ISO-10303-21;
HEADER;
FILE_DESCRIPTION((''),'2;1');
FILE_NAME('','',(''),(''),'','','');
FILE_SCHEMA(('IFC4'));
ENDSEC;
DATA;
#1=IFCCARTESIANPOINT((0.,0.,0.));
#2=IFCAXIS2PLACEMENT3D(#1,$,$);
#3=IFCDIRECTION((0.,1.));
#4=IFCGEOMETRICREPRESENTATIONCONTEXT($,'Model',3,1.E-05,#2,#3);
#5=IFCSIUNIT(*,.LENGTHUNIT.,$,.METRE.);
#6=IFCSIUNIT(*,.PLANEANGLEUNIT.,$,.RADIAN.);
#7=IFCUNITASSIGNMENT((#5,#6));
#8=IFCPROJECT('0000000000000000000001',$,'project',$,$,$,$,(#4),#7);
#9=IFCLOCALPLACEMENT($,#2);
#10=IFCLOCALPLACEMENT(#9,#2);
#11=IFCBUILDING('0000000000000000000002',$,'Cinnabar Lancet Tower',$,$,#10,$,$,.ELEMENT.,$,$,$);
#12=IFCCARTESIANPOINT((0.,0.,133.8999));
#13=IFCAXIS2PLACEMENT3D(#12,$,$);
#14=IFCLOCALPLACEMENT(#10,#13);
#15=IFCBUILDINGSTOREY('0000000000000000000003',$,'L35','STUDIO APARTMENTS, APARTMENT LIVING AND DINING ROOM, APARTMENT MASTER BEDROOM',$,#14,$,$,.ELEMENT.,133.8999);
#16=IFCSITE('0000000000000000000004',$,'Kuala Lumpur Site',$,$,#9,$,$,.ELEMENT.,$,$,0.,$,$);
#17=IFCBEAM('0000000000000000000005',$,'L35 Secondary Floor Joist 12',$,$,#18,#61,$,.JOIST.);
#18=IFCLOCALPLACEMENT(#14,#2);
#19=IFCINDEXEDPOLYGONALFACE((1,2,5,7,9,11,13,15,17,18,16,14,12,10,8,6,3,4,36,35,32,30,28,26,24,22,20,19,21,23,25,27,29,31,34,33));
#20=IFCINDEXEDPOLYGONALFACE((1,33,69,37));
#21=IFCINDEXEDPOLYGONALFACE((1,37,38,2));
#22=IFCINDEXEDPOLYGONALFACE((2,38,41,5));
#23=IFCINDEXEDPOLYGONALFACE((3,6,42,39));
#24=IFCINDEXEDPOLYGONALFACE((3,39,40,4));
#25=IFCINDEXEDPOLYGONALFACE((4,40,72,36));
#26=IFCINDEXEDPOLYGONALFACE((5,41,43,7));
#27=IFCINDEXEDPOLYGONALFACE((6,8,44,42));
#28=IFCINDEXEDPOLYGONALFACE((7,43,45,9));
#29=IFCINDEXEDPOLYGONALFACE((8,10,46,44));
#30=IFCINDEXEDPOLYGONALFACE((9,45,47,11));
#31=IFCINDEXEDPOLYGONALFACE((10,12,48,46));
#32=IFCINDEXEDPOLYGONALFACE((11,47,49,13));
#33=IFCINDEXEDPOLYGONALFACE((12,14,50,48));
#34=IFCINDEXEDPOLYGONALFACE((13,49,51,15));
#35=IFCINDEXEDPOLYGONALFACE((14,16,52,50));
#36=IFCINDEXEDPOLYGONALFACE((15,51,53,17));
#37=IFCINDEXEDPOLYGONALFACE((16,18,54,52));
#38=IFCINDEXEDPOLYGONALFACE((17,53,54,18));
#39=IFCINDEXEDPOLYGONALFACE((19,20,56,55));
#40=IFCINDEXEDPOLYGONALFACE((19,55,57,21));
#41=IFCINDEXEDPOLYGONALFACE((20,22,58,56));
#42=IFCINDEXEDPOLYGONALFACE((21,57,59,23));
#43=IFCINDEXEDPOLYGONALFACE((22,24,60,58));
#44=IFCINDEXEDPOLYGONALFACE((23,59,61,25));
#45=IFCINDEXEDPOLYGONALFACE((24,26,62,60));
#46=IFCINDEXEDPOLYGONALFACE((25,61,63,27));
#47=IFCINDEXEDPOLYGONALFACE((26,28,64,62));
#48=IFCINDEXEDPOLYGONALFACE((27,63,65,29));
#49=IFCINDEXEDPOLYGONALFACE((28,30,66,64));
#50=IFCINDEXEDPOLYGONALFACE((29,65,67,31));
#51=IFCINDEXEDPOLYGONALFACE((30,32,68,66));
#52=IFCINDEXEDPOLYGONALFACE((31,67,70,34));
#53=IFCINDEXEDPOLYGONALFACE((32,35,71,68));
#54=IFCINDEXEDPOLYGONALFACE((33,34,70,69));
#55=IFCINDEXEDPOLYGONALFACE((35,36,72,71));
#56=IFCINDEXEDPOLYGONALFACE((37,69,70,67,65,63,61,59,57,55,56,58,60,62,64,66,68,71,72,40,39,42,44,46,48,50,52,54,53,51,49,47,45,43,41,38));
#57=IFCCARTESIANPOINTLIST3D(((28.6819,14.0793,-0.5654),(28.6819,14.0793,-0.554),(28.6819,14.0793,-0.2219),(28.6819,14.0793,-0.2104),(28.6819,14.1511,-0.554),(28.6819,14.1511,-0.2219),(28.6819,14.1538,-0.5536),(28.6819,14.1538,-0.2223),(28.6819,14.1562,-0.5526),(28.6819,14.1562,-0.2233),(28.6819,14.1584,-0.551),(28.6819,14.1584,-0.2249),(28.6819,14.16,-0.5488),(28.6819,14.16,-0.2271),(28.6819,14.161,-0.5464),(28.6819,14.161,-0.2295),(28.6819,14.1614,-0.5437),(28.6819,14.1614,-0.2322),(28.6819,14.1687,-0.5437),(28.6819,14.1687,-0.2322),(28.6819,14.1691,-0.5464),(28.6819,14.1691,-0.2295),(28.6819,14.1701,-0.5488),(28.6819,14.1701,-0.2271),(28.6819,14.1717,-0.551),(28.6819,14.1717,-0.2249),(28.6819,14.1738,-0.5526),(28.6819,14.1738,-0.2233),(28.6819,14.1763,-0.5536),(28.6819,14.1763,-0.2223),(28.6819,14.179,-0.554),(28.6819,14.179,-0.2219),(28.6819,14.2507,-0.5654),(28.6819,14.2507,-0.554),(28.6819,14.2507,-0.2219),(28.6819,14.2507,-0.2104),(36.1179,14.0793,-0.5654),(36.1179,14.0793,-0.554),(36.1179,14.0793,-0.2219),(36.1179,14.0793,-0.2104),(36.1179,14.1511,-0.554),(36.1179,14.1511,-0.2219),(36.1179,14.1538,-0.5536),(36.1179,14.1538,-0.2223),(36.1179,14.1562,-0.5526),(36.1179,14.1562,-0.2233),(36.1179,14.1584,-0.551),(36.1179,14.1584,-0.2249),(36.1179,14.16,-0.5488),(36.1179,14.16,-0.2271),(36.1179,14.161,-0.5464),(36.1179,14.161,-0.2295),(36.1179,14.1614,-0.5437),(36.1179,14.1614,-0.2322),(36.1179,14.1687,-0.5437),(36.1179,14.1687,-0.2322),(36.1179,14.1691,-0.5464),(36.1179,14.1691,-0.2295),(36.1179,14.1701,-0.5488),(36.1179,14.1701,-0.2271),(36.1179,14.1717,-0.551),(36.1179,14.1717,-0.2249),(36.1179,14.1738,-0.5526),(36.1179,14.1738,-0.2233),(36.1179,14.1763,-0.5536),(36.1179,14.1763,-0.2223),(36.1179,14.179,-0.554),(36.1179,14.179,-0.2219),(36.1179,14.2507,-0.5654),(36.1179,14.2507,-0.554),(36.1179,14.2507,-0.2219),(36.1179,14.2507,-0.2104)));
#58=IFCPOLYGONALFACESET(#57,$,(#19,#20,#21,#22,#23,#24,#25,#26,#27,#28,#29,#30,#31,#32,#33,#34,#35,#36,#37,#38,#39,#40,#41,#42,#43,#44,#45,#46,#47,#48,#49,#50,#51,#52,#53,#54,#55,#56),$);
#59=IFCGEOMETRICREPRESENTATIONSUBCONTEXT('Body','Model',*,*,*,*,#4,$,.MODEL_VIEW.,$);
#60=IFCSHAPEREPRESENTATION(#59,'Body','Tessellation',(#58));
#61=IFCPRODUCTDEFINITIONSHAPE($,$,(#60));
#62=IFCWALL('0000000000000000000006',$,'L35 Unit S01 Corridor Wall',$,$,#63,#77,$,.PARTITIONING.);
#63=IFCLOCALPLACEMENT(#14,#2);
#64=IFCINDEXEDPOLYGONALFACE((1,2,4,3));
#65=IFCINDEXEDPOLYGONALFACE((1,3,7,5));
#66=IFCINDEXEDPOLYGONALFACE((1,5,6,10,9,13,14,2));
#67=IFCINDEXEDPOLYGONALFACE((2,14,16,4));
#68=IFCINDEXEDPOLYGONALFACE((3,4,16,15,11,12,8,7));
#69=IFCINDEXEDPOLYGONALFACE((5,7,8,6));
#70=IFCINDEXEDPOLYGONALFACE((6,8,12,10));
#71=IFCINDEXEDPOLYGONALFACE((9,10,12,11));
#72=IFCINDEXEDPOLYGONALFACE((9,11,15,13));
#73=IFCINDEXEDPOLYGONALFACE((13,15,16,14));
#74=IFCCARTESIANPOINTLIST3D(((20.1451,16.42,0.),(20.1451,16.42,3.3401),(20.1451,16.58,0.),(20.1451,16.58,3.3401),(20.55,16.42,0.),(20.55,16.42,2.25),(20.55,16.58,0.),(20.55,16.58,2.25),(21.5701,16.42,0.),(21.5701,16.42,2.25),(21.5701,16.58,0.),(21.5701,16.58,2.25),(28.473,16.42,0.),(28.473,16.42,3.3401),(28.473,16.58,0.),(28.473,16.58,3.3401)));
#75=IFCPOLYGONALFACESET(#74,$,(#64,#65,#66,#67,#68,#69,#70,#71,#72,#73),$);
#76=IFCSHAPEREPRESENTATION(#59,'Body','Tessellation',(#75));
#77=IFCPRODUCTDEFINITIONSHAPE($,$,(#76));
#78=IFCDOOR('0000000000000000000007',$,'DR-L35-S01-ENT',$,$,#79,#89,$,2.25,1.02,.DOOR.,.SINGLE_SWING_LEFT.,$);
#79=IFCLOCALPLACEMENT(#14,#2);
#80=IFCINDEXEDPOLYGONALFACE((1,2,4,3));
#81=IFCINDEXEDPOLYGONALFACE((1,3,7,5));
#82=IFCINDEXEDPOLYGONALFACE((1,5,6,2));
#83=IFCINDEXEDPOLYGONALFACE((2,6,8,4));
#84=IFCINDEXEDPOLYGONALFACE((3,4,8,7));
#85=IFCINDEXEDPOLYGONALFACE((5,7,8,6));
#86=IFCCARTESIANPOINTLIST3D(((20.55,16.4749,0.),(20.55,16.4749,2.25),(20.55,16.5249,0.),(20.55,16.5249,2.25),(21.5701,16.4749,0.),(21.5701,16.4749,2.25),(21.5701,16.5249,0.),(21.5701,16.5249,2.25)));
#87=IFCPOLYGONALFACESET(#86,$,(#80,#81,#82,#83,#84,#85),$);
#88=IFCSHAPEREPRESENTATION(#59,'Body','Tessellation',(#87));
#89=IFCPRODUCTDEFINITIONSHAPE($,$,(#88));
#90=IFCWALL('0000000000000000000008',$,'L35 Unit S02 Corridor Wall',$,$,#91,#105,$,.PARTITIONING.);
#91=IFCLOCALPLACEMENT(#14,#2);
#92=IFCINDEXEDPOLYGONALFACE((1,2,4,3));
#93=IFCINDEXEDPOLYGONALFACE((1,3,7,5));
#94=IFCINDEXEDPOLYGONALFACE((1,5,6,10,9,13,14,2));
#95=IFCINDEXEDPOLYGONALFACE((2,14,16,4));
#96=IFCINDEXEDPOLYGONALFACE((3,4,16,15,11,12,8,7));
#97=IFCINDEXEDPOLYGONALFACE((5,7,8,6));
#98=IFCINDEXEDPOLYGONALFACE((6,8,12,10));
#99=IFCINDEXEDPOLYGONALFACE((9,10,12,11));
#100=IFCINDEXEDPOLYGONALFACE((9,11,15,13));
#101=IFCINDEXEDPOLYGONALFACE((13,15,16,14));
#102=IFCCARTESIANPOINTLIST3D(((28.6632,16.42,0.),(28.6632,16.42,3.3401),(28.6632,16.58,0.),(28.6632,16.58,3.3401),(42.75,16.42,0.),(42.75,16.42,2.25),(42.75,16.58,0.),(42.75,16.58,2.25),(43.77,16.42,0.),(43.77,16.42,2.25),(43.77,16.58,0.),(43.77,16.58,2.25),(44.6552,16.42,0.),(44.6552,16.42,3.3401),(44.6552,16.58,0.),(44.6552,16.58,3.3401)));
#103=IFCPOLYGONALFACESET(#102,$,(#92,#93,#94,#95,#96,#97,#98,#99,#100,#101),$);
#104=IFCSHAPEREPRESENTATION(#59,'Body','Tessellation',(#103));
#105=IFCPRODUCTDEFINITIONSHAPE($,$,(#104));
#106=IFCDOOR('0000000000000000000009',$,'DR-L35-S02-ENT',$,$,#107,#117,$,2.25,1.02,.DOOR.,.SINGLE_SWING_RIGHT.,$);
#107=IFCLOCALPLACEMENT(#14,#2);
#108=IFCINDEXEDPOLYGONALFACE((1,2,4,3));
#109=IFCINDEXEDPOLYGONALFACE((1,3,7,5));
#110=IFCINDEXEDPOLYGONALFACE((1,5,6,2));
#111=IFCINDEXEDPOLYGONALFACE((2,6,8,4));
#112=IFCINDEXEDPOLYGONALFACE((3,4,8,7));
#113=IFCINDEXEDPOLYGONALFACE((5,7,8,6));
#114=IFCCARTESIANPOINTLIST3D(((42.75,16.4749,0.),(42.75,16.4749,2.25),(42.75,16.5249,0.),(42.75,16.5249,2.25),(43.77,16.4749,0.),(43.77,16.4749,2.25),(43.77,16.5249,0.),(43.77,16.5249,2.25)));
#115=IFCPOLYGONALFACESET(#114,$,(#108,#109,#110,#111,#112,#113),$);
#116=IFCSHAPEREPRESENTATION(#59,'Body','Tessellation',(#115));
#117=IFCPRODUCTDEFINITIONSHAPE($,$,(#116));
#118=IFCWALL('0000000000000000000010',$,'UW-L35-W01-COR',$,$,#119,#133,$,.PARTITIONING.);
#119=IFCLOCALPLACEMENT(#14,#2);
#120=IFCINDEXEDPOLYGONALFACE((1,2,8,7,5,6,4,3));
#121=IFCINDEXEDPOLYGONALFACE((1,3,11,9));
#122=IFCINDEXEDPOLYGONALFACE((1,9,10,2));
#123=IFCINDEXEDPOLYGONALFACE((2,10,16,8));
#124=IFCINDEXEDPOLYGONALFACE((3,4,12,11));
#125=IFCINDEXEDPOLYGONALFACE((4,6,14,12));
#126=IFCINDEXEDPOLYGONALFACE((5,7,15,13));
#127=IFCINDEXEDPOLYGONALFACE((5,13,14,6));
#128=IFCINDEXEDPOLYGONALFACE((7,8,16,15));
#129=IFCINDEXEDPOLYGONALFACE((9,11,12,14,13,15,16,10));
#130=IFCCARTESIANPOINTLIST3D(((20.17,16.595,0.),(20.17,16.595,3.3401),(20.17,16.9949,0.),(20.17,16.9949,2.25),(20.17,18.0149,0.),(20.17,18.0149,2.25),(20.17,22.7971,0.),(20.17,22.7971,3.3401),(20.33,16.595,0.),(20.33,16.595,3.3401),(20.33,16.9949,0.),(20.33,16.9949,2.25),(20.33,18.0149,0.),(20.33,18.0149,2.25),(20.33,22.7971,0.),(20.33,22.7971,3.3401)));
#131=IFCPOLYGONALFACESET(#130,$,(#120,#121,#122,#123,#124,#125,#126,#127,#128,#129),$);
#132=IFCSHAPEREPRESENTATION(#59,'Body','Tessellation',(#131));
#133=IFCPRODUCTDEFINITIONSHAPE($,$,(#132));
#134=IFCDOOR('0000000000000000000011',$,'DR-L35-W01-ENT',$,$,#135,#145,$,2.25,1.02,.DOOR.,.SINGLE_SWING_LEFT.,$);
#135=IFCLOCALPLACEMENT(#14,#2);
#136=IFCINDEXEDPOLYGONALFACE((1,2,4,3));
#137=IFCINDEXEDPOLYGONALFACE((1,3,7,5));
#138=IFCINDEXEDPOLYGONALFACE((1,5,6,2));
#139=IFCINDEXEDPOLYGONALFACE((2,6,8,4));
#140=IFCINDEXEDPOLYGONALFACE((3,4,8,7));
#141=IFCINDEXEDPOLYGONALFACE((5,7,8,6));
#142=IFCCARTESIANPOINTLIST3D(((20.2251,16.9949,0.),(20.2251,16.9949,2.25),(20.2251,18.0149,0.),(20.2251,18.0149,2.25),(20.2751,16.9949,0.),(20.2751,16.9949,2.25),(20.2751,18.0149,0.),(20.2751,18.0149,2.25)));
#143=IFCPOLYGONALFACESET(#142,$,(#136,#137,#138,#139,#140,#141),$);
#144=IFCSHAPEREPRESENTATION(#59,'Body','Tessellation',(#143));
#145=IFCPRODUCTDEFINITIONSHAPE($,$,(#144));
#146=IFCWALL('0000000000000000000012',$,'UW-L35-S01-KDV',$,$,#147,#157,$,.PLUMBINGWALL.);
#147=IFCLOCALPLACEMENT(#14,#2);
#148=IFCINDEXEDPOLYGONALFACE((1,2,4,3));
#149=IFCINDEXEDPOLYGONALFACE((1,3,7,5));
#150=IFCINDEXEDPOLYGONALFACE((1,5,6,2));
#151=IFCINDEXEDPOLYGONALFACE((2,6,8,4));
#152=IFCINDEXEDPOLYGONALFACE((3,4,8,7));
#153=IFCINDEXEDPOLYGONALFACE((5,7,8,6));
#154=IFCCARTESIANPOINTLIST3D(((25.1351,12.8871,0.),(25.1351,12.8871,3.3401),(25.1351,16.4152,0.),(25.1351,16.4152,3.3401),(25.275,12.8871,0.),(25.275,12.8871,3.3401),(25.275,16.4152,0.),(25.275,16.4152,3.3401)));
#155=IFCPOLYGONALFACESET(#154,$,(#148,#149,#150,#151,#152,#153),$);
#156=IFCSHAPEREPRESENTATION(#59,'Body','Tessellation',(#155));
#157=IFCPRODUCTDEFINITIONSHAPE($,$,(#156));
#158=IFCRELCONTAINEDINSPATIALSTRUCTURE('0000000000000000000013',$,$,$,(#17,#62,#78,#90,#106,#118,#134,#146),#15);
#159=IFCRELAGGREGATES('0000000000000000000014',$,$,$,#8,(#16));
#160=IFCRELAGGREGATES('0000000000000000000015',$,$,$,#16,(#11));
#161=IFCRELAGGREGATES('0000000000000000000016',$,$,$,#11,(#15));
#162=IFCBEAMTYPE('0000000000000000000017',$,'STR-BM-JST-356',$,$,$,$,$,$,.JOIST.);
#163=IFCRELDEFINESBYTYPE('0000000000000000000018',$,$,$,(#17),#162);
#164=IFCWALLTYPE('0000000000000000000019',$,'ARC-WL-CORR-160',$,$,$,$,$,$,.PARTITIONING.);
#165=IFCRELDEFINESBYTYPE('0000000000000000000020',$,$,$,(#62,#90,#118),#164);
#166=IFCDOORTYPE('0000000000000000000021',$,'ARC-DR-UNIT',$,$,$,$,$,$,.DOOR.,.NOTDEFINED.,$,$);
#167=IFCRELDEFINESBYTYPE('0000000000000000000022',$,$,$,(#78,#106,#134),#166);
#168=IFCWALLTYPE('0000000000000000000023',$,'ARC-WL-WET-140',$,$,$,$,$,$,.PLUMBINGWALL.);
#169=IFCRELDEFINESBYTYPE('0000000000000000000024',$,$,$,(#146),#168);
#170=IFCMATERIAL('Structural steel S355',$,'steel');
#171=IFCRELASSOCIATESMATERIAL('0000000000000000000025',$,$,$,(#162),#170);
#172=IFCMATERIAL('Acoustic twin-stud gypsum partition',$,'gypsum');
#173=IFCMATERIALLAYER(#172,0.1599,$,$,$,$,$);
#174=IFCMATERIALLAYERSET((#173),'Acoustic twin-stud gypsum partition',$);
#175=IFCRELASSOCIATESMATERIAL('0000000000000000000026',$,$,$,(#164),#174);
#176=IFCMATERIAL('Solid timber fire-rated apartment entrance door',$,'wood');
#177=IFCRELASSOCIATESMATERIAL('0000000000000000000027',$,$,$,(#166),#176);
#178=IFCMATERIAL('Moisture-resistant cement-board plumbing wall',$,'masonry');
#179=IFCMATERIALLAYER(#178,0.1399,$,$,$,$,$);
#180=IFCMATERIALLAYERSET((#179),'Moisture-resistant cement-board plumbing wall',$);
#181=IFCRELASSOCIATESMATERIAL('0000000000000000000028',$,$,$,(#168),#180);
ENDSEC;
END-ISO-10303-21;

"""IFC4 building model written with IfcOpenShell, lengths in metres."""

from ifc_helpers import new_model, si_unit, direction, frame, frame_2d, origin, origin_2d, place, context, subcontext, project, spatial, rectangle, i_section, extrude, material, layer, layer_set, material_profile, profile_set, type_object, element, fill, save


model = new_model("IFC4")

# Units and contexts
model_context = context("Model", 3, precision=1e-05, world=origin(), true_north=direction((0.0, 1.0)))
body_context = subcontext(model_context, "Body", "Model", "MODEL_VIEW")
ifc_project = project(units=[si_unit("LENGTHUNIT", "METRE"), si_unit("PLANEANGLEUNIT", "RADIAN")], contexts=[model_context])

# Site, building, storey
site_placement = place(None, origin())
site = spatial("IfcSite", under=ifc_project, at=site_placement, Name="Kuala Lumpur Site", CompositionType="ELEMENT", RefElevation=0.0)
building_placement = place(site_placement, origin())
building = spatial("IfcBuilding", under=site, at=building_placement, Name="Cinnabar Lancet Tower", CompositionType="ELEMENT")
storey_placement = place(building_placement, frame((0.0, 0.0, 133.8999)))
storey = spatial("IfcBuildingStorey", under=building, at=storey_placement, Name="L35", Description="STUDIO APARTMENTS, APARTMENT LIVING AND DINING ROOM, APARTMENT MASTER BEDROOM", CompositionType="ELEMENT", Elevation=133.8999)

# Beam
ifc_material_1 = material(Name="Structural steel S355", Category="steel")
ifc_material_profile = material_profile(ifc_material_1, i_section(OverallWidth=0.1714, OverallDepth=0.355, WebThickness=0.0073, FlangeThickness=0.0115, FilletRadius=0.0103, at=origin_2d()), Name="UKB 356x171x51")
ifc_profile_set = profile_set([ifc_material_profile], Name="Structural steel S355")
beam_type = type_object("IfcBeamType", Name="STR-BM-JST-356", PredefinedType="JOIST", material=ifc_profile_set)
beam_1_placement = place(storey_placement, frame((28.6819, 14.165, -0.3879), z_axis=(1.0, 0.0, 0.0), x_axis=(0.0, 1.0, 0.0)))
element("IfcBeam", 1, at=beam_1_placement, inside=storey, type_object=beam_type, Name="L35 Secondary Floor Joist 12", PredefinedType="JOIST", context=body_context, shape_type="SweptSolid", body=[
    extrude(i_section(OverallWidth=0.1714, OverallDepth=0.355, WebThickness=0.0073, FlangeThickness=0.0115, FilletRadius=0.0103, at=origin_2d()), origin(), (0.0, 0.0, 1.0), 7.436),
])

# Walls, openings, doors
ifc_material_2 = material(Name="Acoustic twin-stud gypsum partition", Category="gypsum")
ifc_layer_1 = layer(ifc_material_2, 0.1599)
ifc_layer_set_1 = layer_set([ifc_layer_1], Name="Acoustic twin-stud gypsum partition")
wall_type_1 = type_object("IfcWallType", Name="ARC-WL-CORR-160", PredefinedType="PARTITIONING", material=ifc_layer_set_1)
wall_1_placement = place(storey_placement, frame((20.145, 16.5, 0.0), z_axis=(0.0, 0.0, 1.0), x_axis=(1.0, 0.0, 0.0)))
wall_1 = element("IfcWall", 2, at=wall_1_placement, inside=storey, type_object=wall_type_1, Name="L35 Unit S01 Corridor Wall", PredefinedType="PARTITIONING", context=body_context, shape_type="SweptSolid", body=[
    extrude(rectangle(XDim=8.3279, YDim=0.1599, at=frame_2d((4.1641, 0.0))), origin(), (0.0, 0.0, 1.0), 3.3401),
])
opening_1_placement = place(wall_1_placement, frame((0.405, 0.0, 0.0)))
opening_1 = element("IfcOpeningElement", 3, at=opening_1_placement, cuts=wall_1, PredefinedType="OPENING", context=body_context, shape_type="SweptSolid", body=[
    extrude(rectangle(XDim=1.02, YDim=2.25, at=frame_2d((0.51, 1.125))), frame((0.0, 0.0898, 0.0), z_axis=(0.0, -1.0, 0.0), x_axis=(1.0, 0.0, 0.0)), (0.0, 0.0, 1.0), 0.1799),
])
ifc_material_3 = material(Name="Solid timber fire-rated apartment entrance door", Category="wood")
door_type = type_object("IfcDoorType", Name="ARC-DR-UNIT", OperationType="NOTDEFINED", PredefinedType="DOOR", material=ifc_material_3)
door_1_placement = place(opening_1_placement, origin())
door_1 = element("IfcDoor", 4, at=door_1_placement, inside=storey, type_object=door_type, Name="DR-L35-S01-ENT", OperationType="SINGLE_SWING_LEFT", OverallHeight=2.25, OverallWidth=1.02, PredefinedType="DOOR", context=body_context, shape_type="SweptSolid", body=[
    extrude(rectangle(XDim=1.02, YDim=2.25, at=frame_2d((0.51, 1.125))), frame((0.0, 0.0249, 0.0), z_axis=(0.0, -1.0, 0.0), x_axis=(1.0, 0.0, 0.0)), (0.0, 0.0, 1.0), 0.05),
])
fill(opening_1, door_1)
wall_2_placement = place(storey_placement, frame((28.6631, 16.5, 0.0), z_axis=(0.0, 0.0, 1.0), x_axis=(1.0, 0.0, 0.0)))
wall_2 = element("IfcWall", 5, at=wall_2_placement, inside=storey, type_object=wall_type_1, Name="L35 Unit S02 Corridor Wall", PredefinedType="PARTITIONING", context=body_context, shape_type="SweptSolid", body=[
    extrude(rectangle(XDim=15.9919, YDim=0.1599, at=frame_2d((7.9961, 0.0))), origin(), (0.0, 0.0, 1.0), 3.3401),
])
opening_2_placement = place(wall_2_placement, frame((14.0869, 0.0, 0.0)))
opening_2 = element("IfcOpeningElement", 6, at=opening_2_placement, cuts=wall_2, PredefinedType="OPENING", context=body_context, shape_type="SweptSolid", body=[
    extrude(rectangle(XDim=1.02, YDim=2.25, at=frame_2d((0.51, 1.125))), frame((0.0, 0.0898, 0.0), z_axis=(0.0, -1.0, 0.0), x_axis=(1.0, 0.0, 0.0)), (0.0, 0.0, 1.0), 0.1799),
])
door_2_placement = place(opening_2_placement, origin())
door_2 = element("IfcDoor", 7, at=door_2_placement, inside=storey, type_object=door_type, Name="DR-L35-S02-ENT", OperationType="SINGLE_SWING_RIGHT", OverallHeight=2.25, OverallWidth=1.02, PredefinedType="DOOR", context=body_context, shape_type="SweptSolid", body=[
    extrude(rectangle(XDim=1.02, YDim=2.25, at=frame_2d((0.51, 1.125))), frame((0.0, 0.0249, 0.0), z_axis=(0.0, -1.0, 0.0), x_axis=(1.0, 0.0, 0.0)), (0.0, 0.0, 1.0), 0.05),
])
fill(opening_2, door_2)
wall_3_placement = place(storey_placement, frame((20.25, 16.595, 0.0), z_axis=(0.0, 0.0, 1.0), x_axis=(0.0, 1.0, 0.0)))
wall_3 = element("IfcWall", 8, at=wall_3_placement, inside=storey, type_object=wall_type_1, Name="UW-L35-W01-COR", PredefinedType="PARTITIONING", context=body_context, shape_type="SweptSolid", body=[
    extrude(rectangle(XDim=6.2021, YDim=0.1599, at=frame_2d((3.1011, 0.0))), origin(), (0.0, 0.0, 1.0), 3.3401),
])
opening_3_placement = place(wall_3_placement, frame((0.3999, 0.0, 0.0)))
opening_3 = element("IfcOpeningElement", 9, at=opening_3_placement, cuts=wall_3, PredefinedType="OPENING", context=body_context, shape_type="SweptSolid", body=[
    extrude(rectangle(XDim=1.02, YDim=2.25, at=frame_2d((0.51, 1.125))), frame((0.0, 0.0898, 0.0), z_axis=(0.0, -1.0, 0.0), x_axis=(1.0, 0.0, 0.0)), (0.0, 0.0, 1.0), 0.1799),
])
door_3_placement = place(opening_3_placement, origin())
door_3 = element("IfcDoor", 10, at=door_3_placement, inside=storey, type_object=door_type, Name="DR-L35-W01-ENT", OperationType="SINGLE_SWING_LEFT", OverallHeight=2.25, OverallWidth=1.02, PredefinedType="DOOR", context=body_context, shape_type="SweptSolid", body=[
    extrude(rectangle(XDim=1.02, YDim=2.25, at=frame_2d((0.51, 1.125))), frame((0.0, 0.0249, 0.0), z_axis=(0.0, -1.0, 0.0), x_axis=(1.0, 0.0, 0.0)), (0.0, 0.0, 1.0), 0.05),
])
fill(opening_3, door_3)

# Wall
ifc_material_4 = material(Name="Moisture-resistant cement-board plumbing wall", Category="masonry")
ifc_layer_2 = layer(ifc_material_4, 0.1399)
ifc_layer_set_2 = layer_set([ifc_layer_2], Name="Moisture-resistant cement-board plumbing wall")
wall_type_2 = type_object("IfcWallType", Name="ARC-WL-WET-140", PredefinedType="PLUMBINGWALL", material=ifc_layer_set_2)
wall_4_placement = place(storey_placement, frame((25.2051, 12.887, 0.0), z_axis=(0.0, 0.0, 1.0), x_axis=(0.0, 1.0, 0.0)))
element("IfcWall", 11, at=wall_4_placement, inside=storey, type_object=wall_type_2, Name="UW-L35-S01-KDV", PredefinedType="PLUMBINGWALL", context=body_context, shape_type="SweptSolid", body=[
    extrude(rectangle(XDim=3.5281, YDim=0.1399, at=frame_2d((1.7642, 0.0))), origin(), (0.0, 0.0, 1.0), 3.3401),
])

save(model, "model.ifc")
